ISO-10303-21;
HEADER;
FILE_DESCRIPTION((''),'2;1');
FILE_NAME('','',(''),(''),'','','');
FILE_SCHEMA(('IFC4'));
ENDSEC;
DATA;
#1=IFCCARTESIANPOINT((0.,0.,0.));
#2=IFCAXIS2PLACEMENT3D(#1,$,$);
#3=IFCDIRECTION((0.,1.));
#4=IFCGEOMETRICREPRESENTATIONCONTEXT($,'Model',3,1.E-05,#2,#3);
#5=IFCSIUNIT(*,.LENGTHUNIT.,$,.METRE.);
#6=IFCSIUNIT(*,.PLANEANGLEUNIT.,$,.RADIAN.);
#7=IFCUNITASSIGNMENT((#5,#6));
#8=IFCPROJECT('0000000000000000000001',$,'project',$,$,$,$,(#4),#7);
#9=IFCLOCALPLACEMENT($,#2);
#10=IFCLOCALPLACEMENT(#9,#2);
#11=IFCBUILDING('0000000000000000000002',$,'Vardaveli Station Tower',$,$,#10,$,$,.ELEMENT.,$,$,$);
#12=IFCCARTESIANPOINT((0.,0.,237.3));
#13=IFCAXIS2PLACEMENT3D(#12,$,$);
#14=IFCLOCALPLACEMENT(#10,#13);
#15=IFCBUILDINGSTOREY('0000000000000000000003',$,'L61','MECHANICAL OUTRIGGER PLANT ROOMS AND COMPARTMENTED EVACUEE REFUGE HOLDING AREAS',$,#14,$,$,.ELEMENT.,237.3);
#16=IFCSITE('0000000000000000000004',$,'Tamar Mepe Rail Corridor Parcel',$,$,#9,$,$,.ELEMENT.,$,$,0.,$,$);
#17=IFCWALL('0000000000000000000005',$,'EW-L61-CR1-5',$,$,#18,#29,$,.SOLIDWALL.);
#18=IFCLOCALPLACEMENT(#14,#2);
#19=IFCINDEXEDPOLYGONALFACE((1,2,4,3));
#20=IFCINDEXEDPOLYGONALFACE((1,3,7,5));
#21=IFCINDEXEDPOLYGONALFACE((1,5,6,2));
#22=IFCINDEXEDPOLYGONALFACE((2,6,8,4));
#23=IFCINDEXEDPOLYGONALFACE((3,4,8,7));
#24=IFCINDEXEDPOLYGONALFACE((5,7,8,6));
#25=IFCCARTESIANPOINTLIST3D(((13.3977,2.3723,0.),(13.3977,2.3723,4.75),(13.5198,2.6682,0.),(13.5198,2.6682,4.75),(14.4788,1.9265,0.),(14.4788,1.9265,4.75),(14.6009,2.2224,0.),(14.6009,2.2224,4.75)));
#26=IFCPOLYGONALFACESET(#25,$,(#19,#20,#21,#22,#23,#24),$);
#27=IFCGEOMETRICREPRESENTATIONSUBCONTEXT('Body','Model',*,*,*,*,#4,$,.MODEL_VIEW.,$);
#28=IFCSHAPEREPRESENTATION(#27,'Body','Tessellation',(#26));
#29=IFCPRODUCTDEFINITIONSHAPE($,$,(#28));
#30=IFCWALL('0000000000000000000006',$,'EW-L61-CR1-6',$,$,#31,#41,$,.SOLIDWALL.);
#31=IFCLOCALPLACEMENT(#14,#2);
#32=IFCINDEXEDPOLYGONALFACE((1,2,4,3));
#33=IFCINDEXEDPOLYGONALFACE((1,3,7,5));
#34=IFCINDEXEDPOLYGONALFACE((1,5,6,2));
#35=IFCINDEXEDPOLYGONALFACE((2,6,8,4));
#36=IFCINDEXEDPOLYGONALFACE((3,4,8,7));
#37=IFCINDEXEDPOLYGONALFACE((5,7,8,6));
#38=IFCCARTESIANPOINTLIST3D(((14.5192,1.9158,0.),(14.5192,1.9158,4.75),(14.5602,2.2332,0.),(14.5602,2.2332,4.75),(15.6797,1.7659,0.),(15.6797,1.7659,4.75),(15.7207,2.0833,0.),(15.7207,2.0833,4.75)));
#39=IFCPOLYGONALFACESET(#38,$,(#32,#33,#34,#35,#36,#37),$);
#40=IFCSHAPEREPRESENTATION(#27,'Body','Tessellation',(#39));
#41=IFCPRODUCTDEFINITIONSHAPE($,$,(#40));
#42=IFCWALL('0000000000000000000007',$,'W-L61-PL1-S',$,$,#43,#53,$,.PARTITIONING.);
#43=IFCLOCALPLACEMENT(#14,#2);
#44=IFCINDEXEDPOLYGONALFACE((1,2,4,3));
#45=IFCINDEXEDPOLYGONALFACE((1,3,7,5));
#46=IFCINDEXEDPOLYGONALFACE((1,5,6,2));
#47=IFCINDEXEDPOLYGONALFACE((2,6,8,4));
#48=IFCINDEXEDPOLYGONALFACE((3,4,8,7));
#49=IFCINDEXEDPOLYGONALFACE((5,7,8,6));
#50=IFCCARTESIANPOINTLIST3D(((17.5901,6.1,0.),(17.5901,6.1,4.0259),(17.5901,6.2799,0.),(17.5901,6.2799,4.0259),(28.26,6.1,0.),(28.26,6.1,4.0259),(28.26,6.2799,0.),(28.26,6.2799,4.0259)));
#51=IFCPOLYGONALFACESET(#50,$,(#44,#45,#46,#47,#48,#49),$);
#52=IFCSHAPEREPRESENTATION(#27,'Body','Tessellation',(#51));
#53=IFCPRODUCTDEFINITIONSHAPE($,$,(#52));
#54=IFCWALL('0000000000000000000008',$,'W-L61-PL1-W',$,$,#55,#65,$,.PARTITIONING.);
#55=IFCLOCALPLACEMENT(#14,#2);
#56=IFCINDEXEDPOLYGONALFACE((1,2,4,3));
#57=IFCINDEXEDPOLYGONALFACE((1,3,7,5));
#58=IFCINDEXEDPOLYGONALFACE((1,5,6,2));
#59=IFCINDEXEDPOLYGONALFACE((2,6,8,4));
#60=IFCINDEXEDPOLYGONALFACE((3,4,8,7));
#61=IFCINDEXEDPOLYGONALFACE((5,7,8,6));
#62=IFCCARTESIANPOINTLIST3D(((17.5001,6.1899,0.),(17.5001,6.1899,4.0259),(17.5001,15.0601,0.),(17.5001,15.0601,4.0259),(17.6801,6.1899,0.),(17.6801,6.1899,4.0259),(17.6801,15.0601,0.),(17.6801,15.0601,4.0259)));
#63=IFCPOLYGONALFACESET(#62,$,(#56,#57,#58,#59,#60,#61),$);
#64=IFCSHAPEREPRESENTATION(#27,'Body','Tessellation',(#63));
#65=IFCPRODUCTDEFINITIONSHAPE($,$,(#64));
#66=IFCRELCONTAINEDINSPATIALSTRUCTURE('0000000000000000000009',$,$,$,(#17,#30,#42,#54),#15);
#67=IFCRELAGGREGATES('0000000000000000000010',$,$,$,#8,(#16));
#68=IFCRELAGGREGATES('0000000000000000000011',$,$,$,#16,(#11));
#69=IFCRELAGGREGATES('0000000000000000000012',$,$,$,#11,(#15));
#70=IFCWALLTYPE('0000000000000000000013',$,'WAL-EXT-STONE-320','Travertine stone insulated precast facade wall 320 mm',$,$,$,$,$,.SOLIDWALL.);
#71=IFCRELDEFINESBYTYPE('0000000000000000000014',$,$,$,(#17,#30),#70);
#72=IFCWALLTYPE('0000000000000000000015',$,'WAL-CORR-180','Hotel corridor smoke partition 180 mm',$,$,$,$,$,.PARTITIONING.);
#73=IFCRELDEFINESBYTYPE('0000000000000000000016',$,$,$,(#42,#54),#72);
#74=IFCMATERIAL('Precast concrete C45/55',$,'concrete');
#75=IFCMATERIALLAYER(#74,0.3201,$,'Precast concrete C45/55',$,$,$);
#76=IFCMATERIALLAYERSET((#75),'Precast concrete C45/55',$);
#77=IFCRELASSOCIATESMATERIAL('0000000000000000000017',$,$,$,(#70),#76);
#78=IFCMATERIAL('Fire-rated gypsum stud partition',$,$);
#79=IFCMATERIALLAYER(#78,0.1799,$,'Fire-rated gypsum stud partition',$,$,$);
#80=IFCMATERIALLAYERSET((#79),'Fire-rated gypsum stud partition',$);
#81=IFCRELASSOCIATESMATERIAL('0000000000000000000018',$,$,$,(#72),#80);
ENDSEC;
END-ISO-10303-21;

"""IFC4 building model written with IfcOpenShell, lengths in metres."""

from ifc_helpers import new_model, si_unit, direction, frame, frame_2d, origin, place, context, subcontext, project, spatial, rectangle, extrude, source, transform, mapped, material, layer, layer_set, type_object, element, save


model = new_model("IFC4")

# Units and contexts
model_context = context("Model", 3, precision=1e-05, world=origin(), true_north=direction((0.0, 1.0)))
body_context = subcontext(model_context, "Body", "Model", "MODEL_VIEW")
ifc_project = project(units=[si_unit("LENGTHUNIT", "METRE"), si_unit("PLANEANGLEUNIT", "RADIAN")], contexts=[model_context])

# Site, building, storey
site_placement = place(None, origin())
site = spatial("IfcSite", under=ifc_project, at=site_placement, Name="Tamar Mepe Rail Corridor Parcel", CompositionType="ELEMENT", RefElevation=0.0)
building_placement = place(site_placement, origin())
building = spatial("IfcBuilding", under=site, at=building_placement, Name="Vardaveli Station Tower", CompositionType="ELEMENT")
storey_placement = place(building_placement, frame((0.0, 0.0, 237.3)))
storey = spatial("IfcBuildingStorey", under=building, at=storey_placement, Name="L61", Description="MECHANICAL OUTRIGGER PLANT ROOMS AND COMPARTMENTED EVACUEE REFUGE HOLDING AREAS", CompositionType="ELEMENT", Elevation=237.3)

# Walls
ifc_material_1 = material(Name="Precast concrete C45/55", Category="concrete")
ifc_layer_1 = layer(ifc_material_1, 0.3201, Name="Precast concrete C45/55")
ifc_layer_set_1 = layer_set([ifc_layer_1], Name="Precast concrete C45/55")
wall_type_1 = type_object("IfcWallType", Name="WAL-EXT-STONE-320", Description="Travertine stone insulated precast facade wall 320 mm", PredefinedType="SOLIDWALL", material=ifc_layer_set_1)
shared_shape_1 = source(origin(), body_context, "Body", "SweptSolid", [
    extrude(rectangle(XDim=1.1694, YDim=0.3201, at=frame_2d((0.5847, 0.0))), origin(), (0.0, 0.0, 1.0), 4.75),
])
wall_1_placement = place(storey_placement, frame((13.4587, 2.5203, 0.0), z_axis=(0.0, 0.0, 1.0), x_axis=(0.924479, -0.381233, 0.0)))
element("IfcWall", 1, at=wall_1_placement, inside=storey, type_object=wall_type_1, Name="EW-L61-CR1-5", PredefinedType="SOLIDWALL", context=body_context, shape_type="MappedRepresentation", body=[
    mapped(shared_shape_1, transform((0.0, 0.0, 0.0), scale=1.0)),
])
shared_shape_2 = source(origin(), body_context, "Body", "SweptSolid", [
    extrude(rectangle(XDim=1.1702, YDim=0.3201, at=frame_2d((0.585, 0.0))), origin(), (0.0, 0.0, 1.0), 4.75),
])
wall_2_placement = place(storey_placement, frame((14.5398, 2.0745, 0.0), z_axis=(0.0, 0.0, 1.0), x_axis=(0.991762, -0.12809, 0.0)))
element("IfcWall", 2, at=wall_2_placement, inside=storey, type_object=wall_type_1, Name="EW-L61-CR1-6", PredefinedType="SOLIDWALL", context=body_context, shape_type="MappedRepresentation", body=[
    mapped(shared_shape_2, transform((0.0, 0.0, 0.0), scale=1.0)),
])
ifc_material_2 = material(Name="Fire-rated gypsum stud partition")
ifc_layer_2 = layer(ifc_material_2, 0.1799, Name="Fire-rated gypsum stud partition")
ifc_layer_set_2 = layer_set([ifc_layer_2], Name="Fire-rated gypsum stud partition")
wall_type_2 = type_object("IfcWallType", Name="WAL-CORR-180", Description="Hotel corridor smoke partition 180 mm", PredefinedType="PARTITIONING", material=ifc_layer_set_2)
shared_shape_3 = source(origin(), body_context, "Body", "SweptSolid", [
    extrude(rectangle(XDim=10.6699, YDim=0.1799, at=frame_2d((5.335, 0.0))), origin(), (0.0, 0.0, 1.0), 4.0259),
])
wall_3_placement = place(storey_placement, frame((17.5901, 6.1899, 0.0), z_axis=(0.0, 0.0, 1.0), x_axis=(1.0, 0.0, 0.0)))
element("IfcWall", 3, at=wall_3_placement, inside=storey, type_object=wall_type_2, Name="W-L61-PL1-S", PredefinedType="PARTITIONING", context=body_context, shape_type="MappedRepresentation", body=[
    mapped(shared_shape_3, transform((0.0, 0.0, 0.0), scale=1.0)),
])
shared_shape_4 = source(origin(), body_context, "Body", "SweptSolid", [
    extrude(rectangle(XDim=8.8701, YDim=0.1799, at=frame_2d((4.4351, 0.0))), origin(), (0.0, 0.0, 1.0), 4.0259),
])
wall_4_placement = place(storey_placement, frame((17.5901, 6.1899, 0.0), z_axis=(0.0, 0.0, 1.0), x_axis=(0.0, 1.0, 0.0)))
element("IfcWall", 4, at=wall_4_placement, inside=storey, type_object=wall_type_2, Name="W-L61-PL1-W", PredefinedType="PARTITIONING", context=body_context, shape_type="MappedRepresentation", body=[
    mapped(shared_shape_4, transform((0.0, 0.0, 0.0), scale=1.0)),
])

save(model, "model.ifc")
